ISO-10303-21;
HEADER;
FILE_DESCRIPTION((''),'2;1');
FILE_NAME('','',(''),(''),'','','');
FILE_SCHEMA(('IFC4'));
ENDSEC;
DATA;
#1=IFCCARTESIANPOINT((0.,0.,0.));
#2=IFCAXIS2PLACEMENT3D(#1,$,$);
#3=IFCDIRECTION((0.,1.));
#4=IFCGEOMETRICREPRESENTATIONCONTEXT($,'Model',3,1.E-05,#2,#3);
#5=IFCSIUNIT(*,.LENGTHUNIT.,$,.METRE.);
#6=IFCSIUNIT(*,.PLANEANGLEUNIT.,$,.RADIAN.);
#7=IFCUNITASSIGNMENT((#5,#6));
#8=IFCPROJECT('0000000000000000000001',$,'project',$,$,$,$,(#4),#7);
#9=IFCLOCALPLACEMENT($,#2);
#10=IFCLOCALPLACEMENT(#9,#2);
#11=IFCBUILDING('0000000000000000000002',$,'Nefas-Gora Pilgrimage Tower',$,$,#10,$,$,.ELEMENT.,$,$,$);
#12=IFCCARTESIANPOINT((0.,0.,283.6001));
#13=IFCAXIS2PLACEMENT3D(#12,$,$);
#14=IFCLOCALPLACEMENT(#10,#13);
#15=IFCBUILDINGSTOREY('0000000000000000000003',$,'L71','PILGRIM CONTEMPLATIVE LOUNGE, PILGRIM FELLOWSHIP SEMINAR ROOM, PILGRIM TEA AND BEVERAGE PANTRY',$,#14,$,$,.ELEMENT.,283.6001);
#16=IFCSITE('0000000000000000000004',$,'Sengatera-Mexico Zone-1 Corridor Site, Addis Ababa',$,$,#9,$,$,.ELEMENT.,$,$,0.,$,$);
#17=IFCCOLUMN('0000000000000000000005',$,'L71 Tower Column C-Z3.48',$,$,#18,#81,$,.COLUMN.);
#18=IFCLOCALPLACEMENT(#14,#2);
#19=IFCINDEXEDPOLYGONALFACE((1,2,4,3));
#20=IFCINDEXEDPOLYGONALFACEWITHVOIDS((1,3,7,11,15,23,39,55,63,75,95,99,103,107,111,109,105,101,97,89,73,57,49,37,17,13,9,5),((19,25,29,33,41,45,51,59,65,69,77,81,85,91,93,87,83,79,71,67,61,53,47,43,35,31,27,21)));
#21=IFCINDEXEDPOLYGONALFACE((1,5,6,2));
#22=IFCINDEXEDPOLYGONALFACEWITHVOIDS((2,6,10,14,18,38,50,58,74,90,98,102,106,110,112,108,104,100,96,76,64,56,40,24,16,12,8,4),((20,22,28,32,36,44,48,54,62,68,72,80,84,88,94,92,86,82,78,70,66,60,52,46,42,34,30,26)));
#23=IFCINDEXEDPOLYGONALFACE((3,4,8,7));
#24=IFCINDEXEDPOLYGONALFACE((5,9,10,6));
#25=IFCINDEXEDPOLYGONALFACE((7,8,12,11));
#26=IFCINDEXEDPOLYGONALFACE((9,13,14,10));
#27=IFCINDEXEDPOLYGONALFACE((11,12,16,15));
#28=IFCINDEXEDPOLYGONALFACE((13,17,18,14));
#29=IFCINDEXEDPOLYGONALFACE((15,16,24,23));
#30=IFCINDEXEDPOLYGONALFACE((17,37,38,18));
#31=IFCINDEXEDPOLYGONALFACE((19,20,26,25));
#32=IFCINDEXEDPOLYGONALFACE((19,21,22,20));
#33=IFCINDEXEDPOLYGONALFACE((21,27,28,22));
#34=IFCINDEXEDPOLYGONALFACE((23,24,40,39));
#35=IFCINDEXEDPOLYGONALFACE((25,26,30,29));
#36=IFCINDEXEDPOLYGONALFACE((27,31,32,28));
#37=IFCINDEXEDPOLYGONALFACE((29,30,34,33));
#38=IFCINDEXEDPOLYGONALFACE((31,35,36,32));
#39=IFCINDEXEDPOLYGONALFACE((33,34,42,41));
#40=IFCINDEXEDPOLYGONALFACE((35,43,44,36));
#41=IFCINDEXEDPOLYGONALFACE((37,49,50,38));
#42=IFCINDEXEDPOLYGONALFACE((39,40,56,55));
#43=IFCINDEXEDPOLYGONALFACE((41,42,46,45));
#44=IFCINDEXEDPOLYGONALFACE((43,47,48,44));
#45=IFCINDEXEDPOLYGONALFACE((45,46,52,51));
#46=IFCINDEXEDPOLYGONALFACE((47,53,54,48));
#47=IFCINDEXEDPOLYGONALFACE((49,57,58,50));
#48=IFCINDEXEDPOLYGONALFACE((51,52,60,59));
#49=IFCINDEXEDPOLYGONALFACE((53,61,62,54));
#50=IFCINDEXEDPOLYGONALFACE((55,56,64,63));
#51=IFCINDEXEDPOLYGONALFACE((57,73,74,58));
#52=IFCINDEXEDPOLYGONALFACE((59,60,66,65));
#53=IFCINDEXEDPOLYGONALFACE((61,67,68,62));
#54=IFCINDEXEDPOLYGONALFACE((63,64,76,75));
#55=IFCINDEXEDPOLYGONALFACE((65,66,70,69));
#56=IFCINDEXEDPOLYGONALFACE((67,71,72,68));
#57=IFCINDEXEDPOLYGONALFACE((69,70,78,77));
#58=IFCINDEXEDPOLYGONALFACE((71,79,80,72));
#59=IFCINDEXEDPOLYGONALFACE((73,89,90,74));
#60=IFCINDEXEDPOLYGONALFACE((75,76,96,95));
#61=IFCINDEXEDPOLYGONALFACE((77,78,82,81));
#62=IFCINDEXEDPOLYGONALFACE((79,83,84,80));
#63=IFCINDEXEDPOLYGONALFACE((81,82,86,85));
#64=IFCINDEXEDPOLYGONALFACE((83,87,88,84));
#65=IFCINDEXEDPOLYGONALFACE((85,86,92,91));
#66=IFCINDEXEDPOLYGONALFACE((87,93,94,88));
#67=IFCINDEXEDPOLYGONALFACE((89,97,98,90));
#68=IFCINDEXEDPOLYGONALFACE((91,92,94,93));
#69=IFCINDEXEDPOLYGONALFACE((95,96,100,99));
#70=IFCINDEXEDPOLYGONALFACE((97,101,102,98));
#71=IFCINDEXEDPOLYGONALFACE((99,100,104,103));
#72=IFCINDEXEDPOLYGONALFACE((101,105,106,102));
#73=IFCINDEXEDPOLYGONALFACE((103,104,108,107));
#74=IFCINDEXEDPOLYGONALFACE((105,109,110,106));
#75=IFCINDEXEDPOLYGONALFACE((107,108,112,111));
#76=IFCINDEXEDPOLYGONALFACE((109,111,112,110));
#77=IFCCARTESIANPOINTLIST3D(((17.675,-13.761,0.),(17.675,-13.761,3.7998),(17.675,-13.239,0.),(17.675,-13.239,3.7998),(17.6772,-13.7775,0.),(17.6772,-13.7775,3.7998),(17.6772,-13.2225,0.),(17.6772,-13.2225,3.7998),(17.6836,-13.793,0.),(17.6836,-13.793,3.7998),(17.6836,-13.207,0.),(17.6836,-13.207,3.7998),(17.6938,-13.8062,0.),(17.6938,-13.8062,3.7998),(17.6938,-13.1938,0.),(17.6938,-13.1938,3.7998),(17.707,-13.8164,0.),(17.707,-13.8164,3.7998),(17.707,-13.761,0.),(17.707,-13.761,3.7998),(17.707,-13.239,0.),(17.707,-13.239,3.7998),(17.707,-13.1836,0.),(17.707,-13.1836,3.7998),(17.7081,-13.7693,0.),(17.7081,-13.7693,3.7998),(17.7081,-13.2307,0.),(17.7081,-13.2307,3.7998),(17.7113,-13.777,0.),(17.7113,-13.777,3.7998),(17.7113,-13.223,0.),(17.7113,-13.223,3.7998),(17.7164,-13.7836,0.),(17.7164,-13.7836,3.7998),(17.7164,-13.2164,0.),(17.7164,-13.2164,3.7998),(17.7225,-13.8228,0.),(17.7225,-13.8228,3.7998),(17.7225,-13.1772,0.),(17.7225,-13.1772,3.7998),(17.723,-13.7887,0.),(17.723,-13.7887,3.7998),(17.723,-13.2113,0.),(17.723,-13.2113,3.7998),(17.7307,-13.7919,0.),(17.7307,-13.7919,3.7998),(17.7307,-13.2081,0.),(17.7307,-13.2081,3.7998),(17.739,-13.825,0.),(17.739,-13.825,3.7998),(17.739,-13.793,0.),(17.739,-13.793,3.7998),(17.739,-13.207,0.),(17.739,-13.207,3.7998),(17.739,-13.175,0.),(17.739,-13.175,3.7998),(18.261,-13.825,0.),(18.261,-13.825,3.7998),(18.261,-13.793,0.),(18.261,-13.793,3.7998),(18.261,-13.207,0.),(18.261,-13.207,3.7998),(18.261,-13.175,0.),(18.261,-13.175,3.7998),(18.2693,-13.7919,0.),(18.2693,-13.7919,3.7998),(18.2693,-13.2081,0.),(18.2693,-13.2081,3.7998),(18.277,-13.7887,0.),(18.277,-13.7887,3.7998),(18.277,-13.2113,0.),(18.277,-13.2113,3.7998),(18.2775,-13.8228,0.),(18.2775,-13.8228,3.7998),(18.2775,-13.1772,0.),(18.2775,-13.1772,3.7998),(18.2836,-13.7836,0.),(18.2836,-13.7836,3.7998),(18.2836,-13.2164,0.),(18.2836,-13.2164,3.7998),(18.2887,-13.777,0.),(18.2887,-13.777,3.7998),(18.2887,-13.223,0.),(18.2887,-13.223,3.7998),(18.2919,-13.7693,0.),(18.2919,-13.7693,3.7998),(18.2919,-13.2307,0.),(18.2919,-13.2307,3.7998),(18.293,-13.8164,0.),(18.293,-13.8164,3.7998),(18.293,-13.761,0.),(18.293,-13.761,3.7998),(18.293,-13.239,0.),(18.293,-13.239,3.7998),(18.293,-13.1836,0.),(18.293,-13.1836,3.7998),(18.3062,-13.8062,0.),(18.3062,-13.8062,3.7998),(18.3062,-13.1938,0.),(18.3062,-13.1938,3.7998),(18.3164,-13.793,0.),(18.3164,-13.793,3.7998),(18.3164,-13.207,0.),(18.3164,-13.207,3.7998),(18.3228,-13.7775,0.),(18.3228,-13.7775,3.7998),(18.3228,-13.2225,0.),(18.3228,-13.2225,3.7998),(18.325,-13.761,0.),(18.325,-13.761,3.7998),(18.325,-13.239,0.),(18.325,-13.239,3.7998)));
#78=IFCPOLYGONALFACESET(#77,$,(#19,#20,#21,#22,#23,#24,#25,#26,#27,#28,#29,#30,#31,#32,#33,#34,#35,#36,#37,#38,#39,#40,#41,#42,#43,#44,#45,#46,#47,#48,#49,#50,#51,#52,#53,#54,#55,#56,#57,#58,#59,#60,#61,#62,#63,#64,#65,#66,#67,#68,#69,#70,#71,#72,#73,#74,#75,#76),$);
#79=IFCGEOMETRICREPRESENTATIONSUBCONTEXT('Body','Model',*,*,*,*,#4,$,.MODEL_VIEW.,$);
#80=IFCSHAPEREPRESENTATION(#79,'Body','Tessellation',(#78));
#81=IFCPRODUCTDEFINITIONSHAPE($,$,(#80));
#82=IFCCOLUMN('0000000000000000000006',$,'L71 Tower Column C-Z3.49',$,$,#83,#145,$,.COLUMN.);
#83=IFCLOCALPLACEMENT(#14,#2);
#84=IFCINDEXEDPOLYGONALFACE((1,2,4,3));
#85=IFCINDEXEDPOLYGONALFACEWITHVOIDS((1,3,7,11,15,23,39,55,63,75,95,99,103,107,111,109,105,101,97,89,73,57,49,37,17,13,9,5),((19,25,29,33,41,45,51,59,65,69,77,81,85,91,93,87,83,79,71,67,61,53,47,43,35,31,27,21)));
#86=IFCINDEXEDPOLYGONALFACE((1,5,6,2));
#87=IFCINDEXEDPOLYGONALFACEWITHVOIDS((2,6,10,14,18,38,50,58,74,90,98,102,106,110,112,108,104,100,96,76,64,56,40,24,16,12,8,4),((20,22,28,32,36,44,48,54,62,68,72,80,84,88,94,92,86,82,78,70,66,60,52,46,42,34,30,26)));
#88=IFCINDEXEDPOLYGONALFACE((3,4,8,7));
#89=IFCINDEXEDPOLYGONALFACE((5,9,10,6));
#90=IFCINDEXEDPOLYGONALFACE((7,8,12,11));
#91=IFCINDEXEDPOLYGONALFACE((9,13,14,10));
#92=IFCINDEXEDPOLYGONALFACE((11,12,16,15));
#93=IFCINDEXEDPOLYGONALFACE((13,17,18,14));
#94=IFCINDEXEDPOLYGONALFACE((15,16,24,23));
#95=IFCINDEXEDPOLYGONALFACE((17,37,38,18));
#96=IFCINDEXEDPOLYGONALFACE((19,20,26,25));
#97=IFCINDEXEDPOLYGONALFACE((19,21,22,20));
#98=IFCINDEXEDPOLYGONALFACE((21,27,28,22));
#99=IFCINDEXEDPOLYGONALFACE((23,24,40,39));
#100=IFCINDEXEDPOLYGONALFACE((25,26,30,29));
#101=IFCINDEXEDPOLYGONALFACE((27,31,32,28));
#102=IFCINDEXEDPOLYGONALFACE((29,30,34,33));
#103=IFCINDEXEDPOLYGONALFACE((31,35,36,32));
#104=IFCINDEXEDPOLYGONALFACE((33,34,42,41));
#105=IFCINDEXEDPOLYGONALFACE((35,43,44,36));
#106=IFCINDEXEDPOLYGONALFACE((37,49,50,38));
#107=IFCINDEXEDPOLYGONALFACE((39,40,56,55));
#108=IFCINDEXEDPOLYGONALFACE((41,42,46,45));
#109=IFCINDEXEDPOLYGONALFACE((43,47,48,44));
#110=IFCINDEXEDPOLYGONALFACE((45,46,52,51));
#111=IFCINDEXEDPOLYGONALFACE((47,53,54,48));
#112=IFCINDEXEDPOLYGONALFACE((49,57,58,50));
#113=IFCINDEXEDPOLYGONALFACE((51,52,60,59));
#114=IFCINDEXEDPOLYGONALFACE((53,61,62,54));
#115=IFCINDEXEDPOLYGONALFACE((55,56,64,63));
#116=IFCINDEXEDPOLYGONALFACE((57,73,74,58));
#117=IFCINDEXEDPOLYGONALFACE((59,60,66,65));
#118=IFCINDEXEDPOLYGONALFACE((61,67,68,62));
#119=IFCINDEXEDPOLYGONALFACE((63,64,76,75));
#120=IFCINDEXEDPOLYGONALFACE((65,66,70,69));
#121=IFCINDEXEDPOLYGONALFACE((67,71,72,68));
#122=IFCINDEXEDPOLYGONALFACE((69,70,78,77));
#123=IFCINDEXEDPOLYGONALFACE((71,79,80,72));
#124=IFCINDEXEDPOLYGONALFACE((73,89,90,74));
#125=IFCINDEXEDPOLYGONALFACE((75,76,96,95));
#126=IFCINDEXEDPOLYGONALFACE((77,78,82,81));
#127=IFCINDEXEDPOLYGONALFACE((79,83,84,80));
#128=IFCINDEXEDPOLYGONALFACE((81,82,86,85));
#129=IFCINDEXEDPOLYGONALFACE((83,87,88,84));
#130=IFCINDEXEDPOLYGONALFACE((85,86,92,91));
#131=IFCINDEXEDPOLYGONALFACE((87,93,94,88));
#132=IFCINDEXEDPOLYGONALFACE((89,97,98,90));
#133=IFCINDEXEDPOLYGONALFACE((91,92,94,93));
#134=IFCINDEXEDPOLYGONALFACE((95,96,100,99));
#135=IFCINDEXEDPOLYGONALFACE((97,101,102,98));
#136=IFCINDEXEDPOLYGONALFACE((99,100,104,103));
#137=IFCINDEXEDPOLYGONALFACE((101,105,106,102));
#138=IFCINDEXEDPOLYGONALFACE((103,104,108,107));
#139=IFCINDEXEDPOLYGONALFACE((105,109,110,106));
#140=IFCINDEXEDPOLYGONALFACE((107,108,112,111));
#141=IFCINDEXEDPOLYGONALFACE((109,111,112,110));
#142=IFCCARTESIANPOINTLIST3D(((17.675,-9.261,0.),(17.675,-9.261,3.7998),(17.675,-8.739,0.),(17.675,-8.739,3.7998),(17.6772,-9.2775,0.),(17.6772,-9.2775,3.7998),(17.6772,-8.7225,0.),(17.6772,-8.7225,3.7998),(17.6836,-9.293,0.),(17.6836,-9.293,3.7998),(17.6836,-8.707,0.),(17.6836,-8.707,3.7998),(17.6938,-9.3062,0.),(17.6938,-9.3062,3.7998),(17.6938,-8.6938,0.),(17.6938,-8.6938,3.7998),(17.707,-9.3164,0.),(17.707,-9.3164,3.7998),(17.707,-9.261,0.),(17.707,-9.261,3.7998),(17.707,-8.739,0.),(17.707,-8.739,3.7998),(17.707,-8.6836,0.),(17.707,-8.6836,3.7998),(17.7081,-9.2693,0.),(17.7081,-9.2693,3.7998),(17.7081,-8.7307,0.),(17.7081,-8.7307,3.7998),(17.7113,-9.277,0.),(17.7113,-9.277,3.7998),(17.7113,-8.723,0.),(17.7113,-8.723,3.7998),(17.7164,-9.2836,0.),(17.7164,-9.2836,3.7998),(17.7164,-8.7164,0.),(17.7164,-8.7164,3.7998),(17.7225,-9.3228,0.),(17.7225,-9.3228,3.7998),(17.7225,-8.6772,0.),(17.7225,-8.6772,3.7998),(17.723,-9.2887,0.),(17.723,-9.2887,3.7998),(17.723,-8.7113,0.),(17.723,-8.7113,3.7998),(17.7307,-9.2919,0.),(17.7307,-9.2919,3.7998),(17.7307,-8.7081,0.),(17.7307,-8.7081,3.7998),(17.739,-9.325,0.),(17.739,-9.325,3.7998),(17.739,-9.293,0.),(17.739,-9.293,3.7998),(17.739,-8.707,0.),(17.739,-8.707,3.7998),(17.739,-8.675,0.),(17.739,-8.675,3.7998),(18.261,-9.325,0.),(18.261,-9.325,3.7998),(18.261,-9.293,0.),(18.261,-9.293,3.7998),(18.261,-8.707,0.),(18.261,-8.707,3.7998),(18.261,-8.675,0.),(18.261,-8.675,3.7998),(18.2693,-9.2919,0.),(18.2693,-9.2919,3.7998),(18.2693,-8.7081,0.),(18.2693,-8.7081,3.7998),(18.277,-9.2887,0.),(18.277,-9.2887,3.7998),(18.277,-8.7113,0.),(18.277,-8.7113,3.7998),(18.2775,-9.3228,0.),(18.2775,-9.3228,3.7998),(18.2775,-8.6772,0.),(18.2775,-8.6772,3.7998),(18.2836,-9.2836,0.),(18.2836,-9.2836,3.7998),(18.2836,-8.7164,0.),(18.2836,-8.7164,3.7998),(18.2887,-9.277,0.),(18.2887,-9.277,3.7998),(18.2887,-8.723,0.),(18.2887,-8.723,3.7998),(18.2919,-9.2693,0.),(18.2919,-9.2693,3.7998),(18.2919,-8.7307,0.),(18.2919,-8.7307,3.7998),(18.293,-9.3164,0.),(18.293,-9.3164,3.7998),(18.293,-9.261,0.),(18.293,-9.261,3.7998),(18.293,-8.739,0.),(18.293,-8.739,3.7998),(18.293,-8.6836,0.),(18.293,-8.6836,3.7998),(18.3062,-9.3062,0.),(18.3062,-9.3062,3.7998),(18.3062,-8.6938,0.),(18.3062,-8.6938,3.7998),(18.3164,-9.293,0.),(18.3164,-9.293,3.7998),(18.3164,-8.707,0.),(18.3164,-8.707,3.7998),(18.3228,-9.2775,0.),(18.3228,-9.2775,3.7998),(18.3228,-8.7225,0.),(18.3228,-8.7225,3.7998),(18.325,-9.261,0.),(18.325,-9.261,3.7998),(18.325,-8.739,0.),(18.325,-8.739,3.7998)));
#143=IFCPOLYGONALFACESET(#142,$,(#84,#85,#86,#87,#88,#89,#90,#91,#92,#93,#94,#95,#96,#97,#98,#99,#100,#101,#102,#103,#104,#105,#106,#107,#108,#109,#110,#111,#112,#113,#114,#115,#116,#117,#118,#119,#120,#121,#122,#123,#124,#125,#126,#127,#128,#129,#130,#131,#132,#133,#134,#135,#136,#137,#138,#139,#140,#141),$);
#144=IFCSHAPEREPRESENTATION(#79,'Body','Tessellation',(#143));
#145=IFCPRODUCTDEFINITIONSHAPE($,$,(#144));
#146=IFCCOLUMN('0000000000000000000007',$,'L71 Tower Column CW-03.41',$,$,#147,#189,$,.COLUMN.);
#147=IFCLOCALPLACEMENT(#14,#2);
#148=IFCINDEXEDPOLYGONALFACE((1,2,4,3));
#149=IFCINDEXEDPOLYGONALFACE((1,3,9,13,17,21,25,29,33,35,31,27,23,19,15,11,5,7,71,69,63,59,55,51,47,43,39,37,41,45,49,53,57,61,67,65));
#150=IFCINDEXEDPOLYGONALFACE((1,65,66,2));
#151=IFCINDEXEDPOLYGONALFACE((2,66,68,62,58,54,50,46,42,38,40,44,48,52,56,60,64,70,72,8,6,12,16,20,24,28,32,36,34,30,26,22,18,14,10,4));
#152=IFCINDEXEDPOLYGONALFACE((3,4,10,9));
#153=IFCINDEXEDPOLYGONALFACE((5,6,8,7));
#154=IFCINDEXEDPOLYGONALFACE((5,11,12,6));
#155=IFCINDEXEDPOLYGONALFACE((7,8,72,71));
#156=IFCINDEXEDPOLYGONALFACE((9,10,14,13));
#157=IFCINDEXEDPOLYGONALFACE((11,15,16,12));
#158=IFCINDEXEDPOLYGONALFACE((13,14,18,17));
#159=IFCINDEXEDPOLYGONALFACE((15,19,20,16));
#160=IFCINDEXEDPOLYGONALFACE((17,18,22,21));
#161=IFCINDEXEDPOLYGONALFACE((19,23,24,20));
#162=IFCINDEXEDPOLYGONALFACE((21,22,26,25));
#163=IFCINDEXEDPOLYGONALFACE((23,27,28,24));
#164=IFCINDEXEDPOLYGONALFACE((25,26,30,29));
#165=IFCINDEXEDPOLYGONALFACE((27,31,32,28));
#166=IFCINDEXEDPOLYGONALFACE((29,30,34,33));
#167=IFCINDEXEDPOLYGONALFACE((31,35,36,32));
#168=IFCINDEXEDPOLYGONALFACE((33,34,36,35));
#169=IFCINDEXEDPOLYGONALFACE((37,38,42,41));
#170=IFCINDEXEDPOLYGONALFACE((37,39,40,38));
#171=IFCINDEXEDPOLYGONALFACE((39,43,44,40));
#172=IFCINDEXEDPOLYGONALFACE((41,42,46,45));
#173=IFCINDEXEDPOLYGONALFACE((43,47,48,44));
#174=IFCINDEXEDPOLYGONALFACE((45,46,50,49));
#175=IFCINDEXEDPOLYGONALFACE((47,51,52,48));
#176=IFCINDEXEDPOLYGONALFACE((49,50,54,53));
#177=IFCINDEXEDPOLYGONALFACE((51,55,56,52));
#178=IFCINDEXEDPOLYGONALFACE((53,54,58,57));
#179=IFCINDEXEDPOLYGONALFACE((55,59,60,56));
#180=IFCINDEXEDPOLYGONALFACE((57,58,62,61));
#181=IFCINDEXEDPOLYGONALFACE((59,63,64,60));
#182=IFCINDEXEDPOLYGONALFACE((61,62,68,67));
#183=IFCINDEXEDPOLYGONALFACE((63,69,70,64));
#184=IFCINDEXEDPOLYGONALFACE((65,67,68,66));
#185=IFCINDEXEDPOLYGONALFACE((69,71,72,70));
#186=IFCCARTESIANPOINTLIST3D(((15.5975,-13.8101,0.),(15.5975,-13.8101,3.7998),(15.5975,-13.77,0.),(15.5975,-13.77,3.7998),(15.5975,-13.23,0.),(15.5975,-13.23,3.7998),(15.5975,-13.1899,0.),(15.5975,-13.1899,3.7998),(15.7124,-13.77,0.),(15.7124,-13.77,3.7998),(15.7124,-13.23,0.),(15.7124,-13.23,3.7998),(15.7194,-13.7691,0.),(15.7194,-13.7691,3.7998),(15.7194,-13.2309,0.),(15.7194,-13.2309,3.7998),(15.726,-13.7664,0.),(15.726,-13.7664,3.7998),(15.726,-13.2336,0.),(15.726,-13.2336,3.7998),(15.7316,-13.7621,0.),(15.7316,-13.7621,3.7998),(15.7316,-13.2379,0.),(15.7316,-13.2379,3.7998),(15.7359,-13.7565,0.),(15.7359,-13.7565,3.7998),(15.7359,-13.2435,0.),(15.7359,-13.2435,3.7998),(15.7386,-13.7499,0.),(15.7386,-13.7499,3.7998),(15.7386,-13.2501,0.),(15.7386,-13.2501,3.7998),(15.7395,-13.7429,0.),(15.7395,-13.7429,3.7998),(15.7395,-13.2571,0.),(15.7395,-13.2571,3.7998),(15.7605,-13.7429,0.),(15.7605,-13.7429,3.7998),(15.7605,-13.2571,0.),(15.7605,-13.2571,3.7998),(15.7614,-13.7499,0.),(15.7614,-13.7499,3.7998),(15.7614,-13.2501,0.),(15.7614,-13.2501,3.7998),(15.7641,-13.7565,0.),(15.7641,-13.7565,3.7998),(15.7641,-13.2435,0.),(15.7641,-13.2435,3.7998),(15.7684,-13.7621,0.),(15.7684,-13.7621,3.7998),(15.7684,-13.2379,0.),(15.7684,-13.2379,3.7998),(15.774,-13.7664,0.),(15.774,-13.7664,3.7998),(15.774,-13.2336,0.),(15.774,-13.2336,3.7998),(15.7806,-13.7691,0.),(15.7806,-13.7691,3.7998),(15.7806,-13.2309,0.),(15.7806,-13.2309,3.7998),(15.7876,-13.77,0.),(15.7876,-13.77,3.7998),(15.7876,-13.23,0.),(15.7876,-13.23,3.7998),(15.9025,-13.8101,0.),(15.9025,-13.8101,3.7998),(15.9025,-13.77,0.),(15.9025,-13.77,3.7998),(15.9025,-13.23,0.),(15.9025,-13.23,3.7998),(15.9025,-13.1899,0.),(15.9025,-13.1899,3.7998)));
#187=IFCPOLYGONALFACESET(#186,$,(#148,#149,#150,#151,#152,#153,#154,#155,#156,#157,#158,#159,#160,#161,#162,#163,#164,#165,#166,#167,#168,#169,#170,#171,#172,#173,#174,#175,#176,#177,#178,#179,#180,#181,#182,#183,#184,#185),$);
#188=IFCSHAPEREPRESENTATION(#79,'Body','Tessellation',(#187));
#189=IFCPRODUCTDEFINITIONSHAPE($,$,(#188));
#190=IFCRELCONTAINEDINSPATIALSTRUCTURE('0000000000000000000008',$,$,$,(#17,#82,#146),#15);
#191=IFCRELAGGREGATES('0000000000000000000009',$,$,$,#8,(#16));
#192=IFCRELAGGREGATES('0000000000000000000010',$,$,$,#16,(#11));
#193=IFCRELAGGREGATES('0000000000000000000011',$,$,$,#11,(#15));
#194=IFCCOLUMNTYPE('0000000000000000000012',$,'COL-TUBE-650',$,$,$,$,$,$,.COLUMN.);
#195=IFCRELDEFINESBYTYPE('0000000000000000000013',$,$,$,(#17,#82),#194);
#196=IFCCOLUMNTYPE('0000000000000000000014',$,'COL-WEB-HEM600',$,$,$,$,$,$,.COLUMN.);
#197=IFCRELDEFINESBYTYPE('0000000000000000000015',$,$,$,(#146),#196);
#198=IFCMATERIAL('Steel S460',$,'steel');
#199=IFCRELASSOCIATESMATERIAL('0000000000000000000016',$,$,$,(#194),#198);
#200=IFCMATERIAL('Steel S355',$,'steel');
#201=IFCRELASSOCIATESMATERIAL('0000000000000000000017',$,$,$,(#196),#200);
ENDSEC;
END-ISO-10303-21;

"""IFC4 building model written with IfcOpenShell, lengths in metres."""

from ifc_helpers import new_model, si_unit, direction, frame, origin, origin_2d, place, context, subcontext, project, spatial, hollow_rectangle, i_section, extrude, source, transform, mapped, material, material_profile, profile_set, type_object, element, save


model = new_model("IFC4")

# Units and contexts
model_context = context("Model", 3, precision=1e-05, world=origin(), true_north=direction((0.0, 1.0)))
body_context = subcontext(model_context, "Body", "Model", "MODEL_VIEW")
ifc_project = project(units=[si_unit("LENGTHUNIT", "METRE"), si_unit("PLANEANGLEUNIT", "RADIAN")], contexts=[model_context])

# Site, building, storey
site_placement = place(None, origin())
site = spatial("IfcSite", under=ifc_project, at=site_placement, Name="Sengatera-Mexico Zone-1 Corridor Site, Addis Ababa", CompositionType="ELEMENT", RefElevation=0.0)
building_placement = place(site_placement, origin())
building = spatial("IfcBuilding", under=site, at=building_placement, Name="Nefas-Gora Pilgrimage Tower", CompositionType="ELEMENT")
storey_placement = place(building_placement, frame((0.0, 0.0, 283.6001)))
storey = spatial("IfcBuildingStorey", under=building, at=storey_placement, Name="L71", Description="PILGRIM CONTEMPLATIVE LOUNGE, PILGRIM FELLOWSHIP SEMINAR ROOM, PILGRIM TEA AND BEVERAGE PANTRY", CompositionType="ELEMENT", Elevation=283.6001)

# Columns
ifc_material_1 = material(Name="Steel S460", Category="steel")
ifc_material_profile_1 = material_profile(ifc_material_1, hollow_rectangle(XDim=0.6499, YDim=0.6499, WallThickness=0.032, InnerFilletRadius=0.032, OuterFilletRadius=0.064, at=origin_2d()), Name="BOX 650x650x32")
ifc_profile_set_1 = profile_set([ifc_material_profile_1], Name="Steel S460")
column_type_1 = type_object("IfcColumnType", Name="COL-TUBE-650", PredefinedType="COLUMN", material=ifc_profile_set_1)
shared_shape_1 = source(origin(), body_context, "Body", "SweptSolid", [
    extrude(hollow_rectangle(XDim=0.6499, YDim=0.6499, WallThickness=0.032, InnerFilletRadius=0.032, OuterFilletRadius=0.064, at=origin_2d()), origin(), (0.0, 0.0, 1.0), 3.7998),
])
for number, where, z_axis, x_axis, name in (
    (1, (18.0, -13.5, 0.0), (0.0, 0.0, 1.0), (1.0, 0.0, 0.0), "L71 Tower Column C-Z3.48"),
    (2, (18.0, -9.0, 0.0), (0.0, 0.0, 1.0), (1.0, 0.0, 0.0), "L71 Tower Column C-Z3.49"),
):
    element("IfcColumn", number, at=place(storey_placement, frame(where, z_axis=z_axis, x_axis=x_axis)), inside=storey, type_object=column_type_1, Name=name, PredefinedType="COLUMN", context=body_context, shape_type="MappedRepresentation", body=[
        mapped(shared_shape_1, transform((0.0, 0.0, 0.0), x_axis=(1.0, 0.0, 0.0), y_axis=(0.0, 1.0, 0.0), z_axis=(0.0, 0.0, 1.0), scale=1.0)),
    ])
ifc_material_2 = material(Name="Steel S355", Category="steel")
ifc_material_profile_2 = material_profile(ifc_material_2, i_section(OverallWidth=0.3049, OverallDepth=0.6201, WebThickness=0.021, FlangeThickness=0.04, FilletRadius=0.0271, at=origin_2d()), Name="HEM 600")
ifc_profile_set_2 = profile_set([ifc_material_profile_2], Name="Steel S355")
column_type_2 = type_object("IfcColumnType", Name="COL-WEB-HEM600", PredefinedType="COLUMN", material=ifc_profile_set_2)
shared_shape_2 = source(origin(), body_context, "Body", "SweptSolid", [
    extrude(i_section(OverallWidth=0.3049, OverallDepth=0.6201, WebThickness=0.021, FlangeThickness=0.04, FilletRadius=0.0271, at=origin_2d()), origin(), (0.0, 0.0, 1.0), 3.7998),
])
for number, where, z_axis, x_axis, name in (
    (3, (15.75, -13.5, 0.0), (0.0, 0.0, 1.0), (1.0, 0.0, 0.0), "L71 Tower Column CW-03.41"),
):
    element("IfcColumn", number, at=place(storey_placement, frame(where, z_axis=z_axis, x_axis=x_axis)), inside=storey, type_object=column_type_2, Name=name, PredefinedType="COLUMN", context=body_context, shape_type="MappedRepresentation", body=[
        mapped(shared_shape_2, transform((0.0, 0.0, 0.0), x_axis=(1.0, 0.0, 0.0), y_axis=(0.0, 1.0, 0.0), z_axis=(0.0, 0.0, 1.0), scale=1.0)),
    ])

save(model, "model.ifc")
